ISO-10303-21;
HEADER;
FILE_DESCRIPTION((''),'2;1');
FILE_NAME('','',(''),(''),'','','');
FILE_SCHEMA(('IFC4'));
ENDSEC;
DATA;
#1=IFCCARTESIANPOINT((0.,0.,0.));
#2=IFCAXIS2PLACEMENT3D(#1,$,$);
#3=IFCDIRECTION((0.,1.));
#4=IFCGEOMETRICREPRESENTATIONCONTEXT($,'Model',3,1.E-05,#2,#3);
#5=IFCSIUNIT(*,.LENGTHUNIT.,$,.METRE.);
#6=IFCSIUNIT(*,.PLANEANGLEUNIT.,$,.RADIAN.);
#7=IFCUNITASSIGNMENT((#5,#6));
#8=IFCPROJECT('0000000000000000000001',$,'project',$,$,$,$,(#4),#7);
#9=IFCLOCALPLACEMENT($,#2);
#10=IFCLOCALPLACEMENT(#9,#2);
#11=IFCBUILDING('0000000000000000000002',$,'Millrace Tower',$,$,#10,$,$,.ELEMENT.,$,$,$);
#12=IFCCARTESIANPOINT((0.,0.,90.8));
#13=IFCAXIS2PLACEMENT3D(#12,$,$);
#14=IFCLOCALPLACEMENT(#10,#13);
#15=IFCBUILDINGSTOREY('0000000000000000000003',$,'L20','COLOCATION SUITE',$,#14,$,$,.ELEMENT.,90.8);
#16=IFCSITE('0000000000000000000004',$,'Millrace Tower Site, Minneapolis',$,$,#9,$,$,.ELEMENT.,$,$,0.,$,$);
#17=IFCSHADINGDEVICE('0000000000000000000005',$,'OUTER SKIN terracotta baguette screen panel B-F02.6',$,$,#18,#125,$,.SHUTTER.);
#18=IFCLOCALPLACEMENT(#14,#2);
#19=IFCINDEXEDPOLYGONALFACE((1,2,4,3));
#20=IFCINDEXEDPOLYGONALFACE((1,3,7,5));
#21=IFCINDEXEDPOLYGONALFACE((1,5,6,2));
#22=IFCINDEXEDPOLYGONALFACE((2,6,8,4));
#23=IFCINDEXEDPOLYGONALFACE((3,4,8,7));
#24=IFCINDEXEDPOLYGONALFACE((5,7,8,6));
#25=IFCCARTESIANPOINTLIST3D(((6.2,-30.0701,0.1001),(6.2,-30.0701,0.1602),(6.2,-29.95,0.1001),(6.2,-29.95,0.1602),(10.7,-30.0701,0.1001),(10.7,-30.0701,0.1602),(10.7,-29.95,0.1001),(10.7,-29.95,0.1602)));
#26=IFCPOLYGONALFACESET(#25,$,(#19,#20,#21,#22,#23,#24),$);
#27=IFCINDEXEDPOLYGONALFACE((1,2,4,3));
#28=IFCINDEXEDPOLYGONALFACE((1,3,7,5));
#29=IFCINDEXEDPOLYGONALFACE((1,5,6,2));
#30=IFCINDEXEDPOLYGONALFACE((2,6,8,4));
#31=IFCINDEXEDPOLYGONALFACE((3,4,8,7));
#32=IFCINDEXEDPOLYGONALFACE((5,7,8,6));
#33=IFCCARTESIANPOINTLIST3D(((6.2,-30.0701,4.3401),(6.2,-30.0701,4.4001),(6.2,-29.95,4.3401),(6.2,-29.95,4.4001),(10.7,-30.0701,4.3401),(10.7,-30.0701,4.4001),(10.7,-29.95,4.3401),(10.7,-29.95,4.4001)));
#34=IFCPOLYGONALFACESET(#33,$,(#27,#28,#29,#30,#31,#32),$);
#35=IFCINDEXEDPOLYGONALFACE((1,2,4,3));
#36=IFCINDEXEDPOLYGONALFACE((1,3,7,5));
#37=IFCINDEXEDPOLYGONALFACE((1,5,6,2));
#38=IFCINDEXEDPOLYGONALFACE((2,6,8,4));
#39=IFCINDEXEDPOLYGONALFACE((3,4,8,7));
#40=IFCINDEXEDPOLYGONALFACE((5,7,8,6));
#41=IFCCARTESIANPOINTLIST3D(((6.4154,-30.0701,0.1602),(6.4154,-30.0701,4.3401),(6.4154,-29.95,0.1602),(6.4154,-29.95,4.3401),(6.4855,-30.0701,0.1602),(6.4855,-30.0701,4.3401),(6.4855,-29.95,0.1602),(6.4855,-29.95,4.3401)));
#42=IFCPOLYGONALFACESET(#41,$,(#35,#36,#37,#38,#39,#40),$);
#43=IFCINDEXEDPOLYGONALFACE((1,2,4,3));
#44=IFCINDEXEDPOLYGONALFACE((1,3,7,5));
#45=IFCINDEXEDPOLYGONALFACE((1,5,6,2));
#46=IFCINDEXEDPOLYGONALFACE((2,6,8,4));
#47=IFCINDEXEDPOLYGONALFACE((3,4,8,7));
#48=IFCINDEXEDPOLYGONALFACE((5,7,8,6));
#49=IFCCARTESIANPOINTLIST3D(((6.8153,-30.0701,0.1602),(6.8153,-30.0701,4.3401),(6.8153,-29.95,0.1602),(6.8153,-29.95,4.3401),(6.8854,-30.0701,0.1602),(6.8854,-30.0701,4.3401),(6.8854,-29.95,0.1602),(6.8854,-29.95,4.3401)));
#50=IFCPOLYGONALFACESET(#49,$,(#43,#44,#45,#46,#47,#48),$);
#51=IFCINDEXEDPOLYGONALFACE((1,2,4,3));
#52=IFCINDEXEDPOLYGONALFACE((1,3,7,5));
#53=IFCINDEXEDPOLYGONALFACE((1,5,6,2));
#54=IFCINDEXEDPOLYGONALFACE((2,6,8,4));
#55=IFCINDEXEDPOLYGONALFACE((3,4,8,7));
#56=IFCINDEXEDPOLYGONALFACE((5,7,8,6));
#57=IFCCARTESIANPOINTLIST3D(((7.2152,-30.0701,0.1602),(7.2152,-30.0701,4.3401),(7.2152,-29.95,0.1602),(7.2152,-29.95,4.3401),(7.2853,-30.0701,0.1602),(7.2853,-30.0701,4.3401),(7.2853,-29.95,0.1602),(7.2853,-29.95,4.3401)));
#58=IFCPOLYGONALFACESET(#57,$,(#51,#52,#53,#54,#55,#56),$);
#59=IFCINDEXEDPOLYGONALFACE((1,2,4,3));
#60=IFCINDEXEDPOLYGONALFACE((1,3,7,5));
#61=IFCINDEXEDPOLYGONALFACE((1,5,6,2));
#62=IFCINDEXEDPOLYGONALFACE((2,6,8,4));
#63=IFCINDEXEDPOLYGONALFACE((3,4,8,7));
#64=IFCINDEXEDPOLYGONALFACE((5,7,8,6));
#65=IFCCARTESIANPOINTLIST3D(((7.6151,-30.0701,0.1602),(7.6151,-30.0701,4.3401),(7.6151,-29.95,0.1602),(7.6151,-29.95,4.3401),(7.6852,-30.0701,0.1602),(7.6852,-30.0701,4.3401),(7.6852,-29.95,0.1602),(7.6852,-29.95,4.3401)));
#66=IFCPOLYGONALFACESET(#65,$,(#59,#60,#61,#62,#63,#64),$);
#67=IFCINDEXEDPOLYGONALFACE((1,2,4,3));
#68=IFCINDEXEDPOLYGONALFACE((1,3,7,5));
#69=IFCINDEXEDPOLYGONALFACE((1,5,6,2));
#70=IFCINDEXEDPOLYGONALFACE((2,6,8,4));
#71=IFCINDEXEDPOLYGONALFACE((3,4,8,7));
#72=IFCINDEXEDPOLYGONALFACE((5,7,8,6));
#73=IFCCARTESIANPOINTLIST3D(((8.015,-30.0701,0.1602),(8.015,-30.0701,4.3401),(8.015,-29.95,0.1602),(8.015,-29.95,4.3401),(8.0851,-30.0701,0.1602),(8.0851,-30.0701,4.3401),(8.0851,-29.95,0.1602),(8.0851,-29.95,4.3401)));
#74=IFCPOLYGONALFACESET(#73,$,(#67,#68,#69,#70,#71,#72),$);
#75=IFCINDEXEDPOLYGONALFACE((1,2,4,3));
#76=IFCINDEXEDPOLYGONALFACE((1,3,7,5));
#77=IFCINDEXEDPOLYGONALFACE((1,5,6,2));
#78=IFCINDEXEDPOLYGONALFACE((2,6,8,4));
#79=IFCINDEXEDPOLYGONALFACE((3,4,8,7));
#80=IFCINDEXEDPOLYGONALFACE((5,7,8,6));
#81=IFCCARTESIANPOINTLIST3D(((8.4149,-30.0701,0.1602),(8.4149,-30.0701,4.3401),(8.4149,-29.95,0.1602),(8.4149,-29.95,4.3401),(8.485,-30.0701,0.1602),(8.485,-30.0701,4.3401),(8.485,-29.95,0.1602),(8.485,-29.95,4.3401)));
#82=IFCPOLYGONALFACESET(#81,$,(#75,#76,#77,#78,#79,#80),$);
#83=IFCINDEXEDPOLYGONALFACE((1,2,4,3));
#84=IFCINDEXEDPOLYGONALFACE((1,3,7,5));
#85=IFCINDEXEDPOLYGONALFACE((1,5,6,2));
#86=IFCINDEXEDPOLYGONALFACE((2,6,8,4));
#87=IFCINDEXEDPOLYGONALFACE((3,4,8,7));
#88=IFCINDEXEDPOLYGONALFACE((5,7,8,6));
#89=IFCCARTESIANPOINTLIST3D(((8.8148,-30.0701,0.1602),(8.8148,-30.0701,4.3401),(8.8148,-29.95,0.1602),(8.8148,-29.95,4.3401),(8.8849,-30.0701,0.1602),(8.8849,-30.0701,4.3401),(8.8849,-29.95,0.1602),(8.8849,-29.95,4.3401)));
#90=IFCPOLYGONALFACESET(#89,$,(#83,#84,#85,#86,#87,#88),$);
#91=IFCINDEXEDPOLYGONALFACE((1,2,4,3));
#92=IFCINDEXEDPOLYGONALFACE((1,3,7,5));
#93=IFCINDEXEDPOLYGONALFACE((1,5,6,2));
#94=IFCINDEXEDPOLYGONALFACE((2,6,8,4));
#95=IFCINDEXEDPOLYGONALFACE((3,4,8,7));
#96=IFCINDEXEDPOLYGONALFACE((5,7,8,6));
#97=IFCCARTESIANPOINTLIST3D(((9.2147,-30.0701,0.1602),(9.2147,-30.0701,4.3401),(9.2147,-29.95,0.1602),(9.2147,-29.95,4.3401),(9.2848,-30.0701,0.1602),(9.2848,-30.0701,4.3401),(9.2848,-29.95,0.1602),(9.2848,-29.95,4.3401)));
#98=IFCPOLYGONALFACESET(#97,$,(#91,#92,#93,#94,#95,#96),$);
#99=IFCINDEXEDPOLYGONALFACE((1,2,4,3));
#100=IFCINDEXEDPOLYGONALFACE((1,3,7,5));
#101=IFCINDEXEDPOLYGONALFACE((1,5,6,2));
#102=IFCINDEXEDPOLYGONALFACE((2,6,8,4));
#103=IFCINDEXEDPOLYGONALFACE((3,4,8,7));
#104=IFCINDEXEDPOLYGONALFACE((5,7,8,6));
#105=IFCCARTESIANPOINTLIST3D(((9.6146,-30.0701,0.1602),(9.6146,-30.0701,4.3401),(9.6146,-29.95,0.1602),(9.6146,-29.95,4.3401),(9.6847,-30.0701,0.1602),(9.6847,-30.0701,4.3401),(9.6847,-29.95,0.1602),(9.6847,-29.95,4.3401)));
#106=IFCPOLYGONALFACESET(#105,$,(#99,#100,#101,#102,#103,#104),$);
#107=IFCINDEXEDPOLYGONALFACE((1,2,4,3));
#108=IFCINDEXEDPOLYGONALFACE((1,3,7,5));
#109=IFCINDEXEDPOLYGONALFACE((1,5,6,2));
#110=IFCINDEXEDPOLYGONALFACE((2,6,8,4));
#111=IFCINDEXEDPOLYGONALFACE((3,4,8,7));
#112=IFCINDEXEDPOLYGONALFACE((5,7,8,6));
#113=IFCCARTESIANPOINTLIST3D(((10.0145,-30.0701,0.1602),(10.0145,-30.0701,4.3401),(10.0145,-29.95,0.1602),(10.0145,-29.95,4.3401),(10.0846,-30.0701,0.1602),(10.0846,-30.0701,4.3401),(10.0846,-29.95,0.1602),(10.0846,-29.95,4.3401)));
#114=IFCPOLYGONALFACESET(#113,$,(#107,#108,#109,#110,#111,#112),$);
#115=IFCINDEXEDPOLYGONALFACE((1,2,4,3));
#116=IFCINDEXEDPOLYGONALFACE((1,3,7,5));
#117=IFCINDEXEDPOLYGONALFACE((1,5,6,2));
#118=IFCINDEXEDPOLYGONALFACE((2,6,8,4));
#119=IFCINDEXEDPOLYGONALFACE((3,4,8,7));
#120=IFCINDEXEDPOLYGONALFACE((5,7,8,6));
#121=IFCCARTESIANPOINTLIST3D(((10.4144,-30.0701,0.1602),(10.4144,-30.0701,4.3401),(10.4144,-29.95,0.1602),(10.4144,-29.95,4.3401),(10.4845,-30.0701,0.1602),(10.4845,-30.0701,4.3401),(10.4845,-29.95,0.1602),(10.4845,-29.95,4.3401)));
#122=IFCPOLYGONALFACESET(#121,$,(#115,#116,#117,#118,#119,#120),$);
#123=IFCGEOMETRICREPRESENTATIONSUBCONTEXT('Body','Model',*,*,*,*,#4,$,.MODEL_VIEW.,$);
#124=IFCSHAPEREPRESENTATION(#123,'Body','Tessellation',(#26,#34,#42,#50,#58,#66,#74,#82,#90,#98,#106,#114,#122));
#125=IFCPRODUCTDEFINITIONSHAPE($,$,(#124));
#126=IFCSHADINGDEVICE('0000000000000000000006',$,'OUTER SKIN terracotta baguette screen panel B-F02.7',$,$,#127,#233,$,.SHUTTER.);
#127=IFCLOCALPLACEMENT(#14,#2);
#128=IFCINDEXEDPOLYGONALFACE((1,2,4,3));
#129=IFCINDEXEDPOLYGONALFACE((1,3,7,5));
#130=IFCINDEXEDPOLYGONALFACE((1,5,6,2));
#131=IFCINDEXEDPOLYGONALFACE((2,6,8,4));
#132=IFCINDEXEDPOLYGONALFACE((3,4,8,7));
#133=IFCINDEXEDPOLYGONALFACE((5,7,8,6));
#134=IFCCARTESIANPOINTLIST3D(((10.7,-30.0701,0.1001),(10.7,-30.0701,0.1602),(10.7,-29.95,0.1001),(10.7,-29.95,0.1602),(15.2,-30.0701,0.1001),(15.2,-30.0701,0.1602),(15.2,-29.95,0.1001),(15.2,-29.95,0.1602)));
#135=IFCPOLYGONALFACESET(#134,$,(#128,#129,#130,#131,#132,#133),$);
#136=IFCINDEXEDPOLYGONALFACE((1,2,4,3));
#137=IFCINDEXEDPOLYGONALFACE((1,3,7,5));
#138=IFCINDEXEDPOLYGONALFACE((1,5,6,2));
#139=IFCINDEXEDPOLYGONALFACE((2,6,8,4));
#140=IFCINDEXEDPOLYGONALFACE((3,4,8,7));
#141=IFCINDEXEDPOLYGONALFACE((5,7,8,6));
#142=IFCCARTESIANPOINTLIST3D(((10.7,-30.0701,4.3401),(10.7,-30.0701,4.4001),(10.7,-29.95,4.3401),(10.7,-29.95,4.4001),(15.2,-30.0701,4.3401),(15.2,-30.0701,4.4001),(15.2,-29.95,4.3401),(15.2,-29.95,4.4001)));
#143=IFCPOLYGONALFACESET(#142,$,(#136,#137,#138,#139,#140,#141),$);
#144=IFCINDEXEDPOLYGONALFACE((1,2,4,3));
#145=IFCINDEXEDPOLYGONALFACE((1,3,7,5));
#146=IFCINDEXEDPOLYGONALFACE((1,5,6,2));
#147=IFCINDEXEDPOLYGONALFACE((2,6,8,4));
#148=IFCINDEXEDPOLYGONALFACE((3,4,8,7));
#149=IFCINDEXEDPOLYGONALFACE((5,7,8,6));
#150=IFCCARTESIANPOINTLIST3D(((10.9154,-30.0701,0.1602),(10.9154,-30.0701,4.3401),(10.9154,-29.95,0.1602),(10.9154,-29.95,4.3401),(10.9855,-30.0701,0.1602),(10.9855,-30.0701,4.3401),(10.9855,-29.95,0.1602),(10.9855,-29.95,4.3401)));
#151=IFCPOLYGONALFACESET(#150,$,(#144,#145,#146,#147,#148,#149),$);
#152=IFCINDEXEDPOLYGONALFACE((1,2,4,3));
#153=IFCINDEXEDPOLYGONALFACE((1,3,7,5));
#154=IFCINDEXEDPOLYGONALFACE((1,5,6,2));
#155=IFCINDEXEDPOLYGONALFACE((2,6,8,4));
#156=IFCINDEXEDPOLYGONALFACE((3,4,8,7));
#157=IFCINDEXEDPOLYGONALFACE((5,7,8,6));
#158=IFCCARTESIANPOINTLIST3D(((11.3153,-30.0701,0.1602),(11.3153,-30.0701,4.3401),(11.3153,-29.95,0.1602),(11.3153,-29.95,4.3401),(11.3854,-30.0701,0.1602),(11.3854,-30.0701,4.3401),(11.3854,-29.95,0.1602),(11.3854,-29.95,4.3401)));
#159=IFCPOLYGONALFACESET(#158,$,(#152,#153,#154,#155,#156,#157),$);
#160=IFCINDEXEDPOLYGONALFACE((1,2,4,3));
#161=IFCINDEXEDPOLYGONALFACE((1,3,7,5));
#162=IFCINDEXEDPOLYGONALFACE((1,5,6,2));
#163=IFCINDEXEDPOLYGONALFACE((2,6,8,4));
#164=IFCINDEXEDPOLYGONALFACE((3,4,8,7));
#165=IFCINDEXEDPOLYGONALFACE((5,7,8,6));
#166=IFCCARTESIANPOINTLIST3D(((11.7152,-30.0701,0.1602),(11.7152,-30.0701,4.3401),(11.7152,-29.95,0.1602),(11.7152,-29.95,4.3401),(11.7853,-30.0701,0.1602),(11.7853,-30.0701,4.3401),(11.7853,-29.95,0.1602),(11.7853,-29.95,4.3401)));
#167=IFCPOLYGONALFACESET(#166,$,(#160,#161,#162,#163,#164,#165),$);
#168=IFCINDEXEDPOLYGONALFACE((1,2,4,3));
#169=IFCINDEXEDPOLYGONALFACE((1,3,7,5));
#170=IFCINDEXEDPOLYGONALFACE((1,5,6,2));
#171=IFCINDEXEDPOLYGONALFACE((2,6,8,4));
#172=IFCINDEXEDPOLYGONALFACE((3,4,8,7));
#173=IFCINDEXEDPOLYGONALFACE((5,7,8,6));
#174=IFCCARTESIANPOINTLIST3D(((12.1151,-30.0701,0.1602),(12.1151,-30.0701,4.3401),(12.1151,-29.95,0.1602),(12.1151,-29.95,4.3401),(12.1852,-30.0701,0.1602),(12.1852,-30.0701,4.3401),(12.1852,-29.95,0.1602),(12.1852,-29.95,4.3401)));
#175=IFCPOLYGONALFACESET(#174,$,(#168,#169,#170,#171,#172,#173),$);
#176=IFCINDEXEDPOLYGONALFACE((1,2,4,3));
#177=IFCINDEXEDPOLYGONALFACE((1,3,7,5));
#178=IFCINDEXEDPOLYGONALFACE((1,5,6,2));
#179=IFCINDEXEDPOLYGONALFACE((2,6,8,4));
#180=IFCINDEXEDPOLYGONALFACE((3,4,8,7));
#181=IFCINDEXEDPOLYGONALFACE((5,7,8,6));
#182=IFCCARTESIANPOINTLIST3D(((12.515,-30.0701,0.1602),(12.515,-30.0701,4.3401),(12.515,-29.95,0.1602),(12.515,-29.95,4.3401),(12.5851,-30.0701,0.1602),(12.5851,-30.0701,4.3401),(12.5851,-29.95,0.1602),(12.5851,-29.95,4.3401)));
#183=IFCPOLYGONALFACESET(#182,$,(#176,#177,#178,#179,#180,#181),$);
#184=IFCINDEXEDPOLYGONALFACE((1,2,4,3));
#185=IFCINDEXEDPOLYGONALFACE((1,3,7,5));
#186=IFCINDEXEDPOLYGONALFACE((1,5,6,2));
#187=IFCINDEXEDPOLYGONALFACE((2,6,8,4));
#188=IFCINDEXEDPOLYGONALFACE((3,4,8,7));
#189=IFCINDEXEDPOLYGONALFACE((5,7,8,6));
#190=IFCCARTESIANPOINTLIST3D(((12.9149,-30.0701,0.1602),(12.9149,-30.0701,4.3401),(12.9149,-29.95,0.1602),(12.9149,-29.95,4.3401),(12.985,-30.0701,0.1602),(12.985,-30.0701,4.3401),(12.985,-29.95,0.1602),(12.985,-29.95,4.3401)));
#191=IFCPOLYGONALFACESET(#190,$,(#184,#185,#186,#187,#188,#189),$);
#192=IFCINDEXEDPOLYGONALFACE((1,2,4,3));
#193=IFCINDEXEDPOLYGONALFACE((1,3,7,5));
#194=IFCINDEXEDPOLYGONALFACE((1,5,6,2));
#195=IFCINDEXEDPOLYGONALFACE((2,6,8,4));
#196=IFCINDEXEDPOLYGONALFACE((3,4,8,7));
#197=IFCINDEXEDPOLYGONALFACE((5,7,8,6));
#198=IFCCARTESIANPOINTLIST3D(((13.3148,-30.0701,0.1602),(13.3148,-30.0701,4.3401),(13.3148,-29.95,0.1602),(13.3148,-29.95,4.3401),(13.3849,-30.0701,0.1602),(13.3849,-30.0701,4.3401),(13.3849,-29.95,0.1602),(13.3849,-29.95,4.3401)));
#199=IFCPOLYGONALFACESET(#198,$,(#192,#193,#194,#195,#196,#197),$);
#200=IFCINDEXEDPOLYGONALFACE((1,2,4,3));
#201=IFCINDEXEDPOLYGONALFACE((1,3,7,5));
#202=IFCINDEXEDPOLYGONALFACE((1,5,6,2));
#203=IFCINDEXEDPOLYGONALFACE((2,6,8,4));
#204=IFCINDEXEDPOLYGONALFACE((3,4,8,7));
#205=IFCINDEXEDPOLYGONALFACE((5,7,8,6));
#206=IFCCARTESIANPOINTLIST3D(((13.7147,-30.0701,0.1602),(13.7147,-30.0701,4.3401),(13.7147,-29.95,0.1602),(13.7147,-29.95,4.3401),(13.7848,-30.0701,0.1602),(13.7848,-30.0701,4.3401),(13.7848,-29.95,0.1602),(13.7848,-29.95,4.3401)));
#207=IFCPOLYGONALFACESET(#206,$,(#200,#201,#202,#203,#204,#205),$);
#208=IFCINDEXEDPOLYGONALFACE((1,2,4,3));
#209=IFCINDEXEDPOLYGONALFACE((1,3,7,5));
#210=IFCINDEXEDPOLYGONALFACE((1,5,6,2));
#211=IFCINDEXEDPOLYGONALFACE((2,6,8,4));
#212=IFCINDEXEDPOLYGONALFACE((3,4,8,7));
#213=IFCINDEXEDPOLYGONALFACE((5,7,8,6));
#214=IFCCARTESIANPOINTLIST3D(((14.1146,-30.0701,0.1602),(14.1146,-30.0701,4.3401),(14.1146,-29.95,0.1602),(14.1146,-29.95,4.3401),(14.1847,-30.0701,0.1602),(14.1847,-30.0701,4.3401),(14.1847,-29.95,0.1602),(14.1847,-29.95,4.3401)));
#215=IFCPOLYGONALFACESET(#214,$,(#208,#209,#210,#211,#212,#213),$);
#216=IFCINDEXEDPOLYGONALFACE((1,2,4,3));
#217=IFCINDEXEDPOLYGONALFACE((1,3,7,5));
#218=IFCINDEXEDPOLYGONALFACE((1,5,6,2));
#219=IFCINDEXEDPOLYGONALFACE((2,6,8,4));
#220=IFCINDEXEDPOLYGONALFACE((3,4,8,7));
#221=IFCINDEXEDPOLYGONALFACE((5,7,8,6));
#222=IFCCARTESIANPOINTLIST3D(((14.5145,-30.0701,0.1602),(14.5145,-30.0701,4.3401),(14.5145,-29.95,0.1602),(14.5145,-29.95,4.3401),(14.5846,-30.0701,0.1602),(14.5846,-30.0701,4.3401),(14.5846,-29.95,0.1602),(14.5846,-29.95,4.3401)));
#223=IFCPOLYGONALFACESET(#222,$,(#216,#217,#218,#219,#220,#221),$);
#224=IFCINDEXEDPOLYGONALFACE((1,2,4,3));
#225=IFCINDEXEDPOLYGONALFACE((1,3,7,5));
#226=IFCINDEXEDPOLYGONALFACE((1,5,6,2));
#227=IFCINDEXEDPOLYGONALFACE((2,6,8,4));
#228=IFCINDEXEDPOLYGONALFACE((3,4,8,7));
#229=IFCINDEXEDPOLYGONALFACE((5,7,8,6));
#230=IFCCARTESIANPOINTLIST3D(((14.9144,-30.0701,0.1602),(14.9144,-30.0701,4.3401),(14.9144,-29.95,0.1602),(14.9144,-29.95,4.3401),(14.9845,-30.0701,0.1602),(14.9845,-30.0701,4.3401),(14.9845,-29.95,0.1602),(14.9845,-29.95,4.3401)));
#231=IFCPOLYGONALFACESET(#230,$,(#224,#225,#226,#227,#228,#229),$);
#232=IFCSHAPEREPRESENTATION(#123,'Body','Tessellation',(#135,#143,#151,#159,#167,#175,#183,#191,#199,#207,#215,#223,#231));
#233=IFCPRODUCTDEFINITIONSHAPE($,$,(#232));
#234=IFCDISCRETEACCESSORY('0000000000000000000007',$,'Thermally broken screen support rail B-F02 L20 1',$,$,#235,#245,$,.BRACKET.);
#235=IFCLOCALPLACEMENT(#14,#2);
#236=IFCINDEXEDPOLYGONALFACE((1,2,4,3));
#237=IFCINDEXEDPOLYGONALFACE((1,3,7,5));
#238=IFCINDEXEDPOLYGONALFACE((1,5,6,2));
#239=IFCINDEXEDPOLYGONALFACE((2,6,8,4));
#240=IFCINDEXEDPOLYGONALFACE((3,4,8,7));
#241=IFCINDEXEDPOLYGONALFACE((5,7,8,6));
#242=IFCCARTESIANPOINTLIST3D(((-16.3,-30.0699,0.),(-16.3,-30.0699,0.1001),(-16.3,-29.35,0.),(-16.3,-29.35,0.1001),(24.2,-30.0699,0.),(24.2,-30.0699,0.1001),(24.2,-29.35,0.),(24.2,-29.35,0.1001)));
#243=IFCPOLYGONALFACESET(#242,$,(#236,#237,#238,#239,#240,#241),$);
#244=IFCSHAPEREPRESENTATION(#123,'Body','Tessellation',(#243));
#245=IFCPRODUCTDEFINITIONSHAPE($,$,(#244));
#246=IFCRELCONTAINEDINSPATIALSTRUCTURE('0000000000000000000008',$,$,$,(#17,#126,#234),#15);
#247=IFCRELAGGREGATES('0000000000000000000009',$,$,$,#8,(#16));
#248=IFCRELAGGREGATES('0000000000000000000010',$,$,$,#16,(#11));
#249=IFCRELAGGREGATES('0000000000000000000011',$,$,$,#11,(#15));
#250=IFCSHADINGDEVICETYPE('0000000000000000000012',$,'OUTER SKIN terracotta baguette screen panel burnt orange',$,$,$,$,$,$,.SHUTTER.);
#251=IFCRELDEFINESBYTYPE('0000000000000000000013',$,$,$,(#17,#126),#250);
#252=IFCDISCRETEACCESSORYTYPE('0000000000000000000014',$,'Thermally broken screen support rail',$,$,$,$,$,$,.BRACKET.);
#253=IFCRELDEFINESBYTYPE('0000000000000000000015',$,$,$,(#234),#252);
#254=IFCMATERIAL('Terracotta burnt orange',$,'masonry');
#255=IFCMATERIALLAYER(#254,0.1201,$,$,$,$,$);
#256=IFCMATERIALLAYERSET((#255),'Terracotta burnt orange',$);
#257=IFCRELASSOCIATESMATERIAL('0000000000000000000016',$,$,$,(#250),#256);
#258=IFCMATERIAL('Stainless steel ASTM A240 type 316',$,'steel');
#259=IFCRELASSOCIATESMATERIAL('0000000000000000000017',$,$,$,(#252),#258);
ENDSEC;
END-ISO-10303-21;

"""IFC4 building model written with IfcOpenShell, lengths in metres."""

from ifc_helpers import new_model, entity, si_unit, direction, frame, frame_2d, origin, origin_2d, place, context, subcontext, project, spatial, rectangle, extrude, source, transform, mapped, material, layer, layer_set, type_object, element, save


model = new_model("IFC4")

# Units and contexts
model_context = context("Model", 3, precision=1e-05, world=origin(), true_north=direction((0.0, 1.0)))
body_context = subcontext(model_context, "Body", "Model", "MODEL_VIEW")
ifc_project = project(units=[si_unit("LENGTHUNIT", "METRE"), si_unit("PLANEANGLEUNIT", "RADIAN")], contexts=[model_context])

# Site, building, storey
site_placement = place(None, origin())
site = spatial("IfcSite", under=ifc_project, at=site_placement, Name="Millrace Tower Site, Minneapolis", CompositionType="ELEMENT", RefElevation=0.0)
building_placement = place(site_placement, origin())
building = spatial("IfcBuilding", under=site, at=building_placement, Name="Millrace Tower", CompositionType="ELEMENT")
storey_placement = place(building_placement, frame((0.0, 0.0, 90.8)))
storey = spatial("IfcBuildingStorey", under=building, at=storey_placement, Name="L20", Description="COLOCATION SUITE", CompositionType="ELEMENT", Elevation=90.8)

# Shading devices
ifc_material_1 = material(Name="Terracotta burnt orange", Category="masonry")
ifc_layer_1 = layer(ifc_material_1, 0.1201)
ifc_layer_set_1 = layer_set([ifc_layer_1], Name="Terracotta burnt orange")
shading_device_type = type_object("IfcShadingDeviceType", Name="OUTER SKIN terracotta baguette screen panel burnt orange", PredefinedType="SHUTTER", material=ifc_layer_set_1)
cartesian_point = entity("IfcCartesianPoint", [-2.25, 0.0601])
shared_polyline = entity("IfcPolyline", [cartesian_point, entity("IfcCartesianPoint", [2.25, 0.0601]), entity("IfcCartesianPoint", [2.25, -0.0601]), entity("IfcCartesianPoint", [-2.25, -0.0601]), cartesian_point])
shared_shape = source(origin(), body_context, "Body", "SweptSolid", [
    entity("IfcExtrudedAreaSolid", entity("IfcArbitraryClosedProfileDef", "AREA", None, shared_polyline), entity("IfcAxis2Placement3D", entity("IfcCartesianPoint", [0.0, 0.0, 0.0])), entity("IfcDirection", [0.0, 0.0, 1.0]), 0.0601),
    entity("IfcExtrudedAreaSolid", entity("IfcArbitraryClosedProfileDef", "AREA", None, shared_polyline), entity("IfcAxis2Placement3D", entity("IfcCartesianPoint", [0.0, 0.0, 4.24])), entity("IfcDirection", [0.0, 0.0, 1.0]), 0.0601),
    extrude(rectangle(XDim=0.0701, YDim=0.1201, at=frame_2d((-1.9995, 0.0))), frame((0.0, 0.0, 0.0601)), (0.0, 0.0, 1.0), 4.1799),
    extrude(rectangle(XDim=0.0701, YDim=0.1201, at=frame_2d((-1.5996, 0.0))), frame((0.0, 0.0, 0.0601)), (0.0, 0.0, 1.0), 4.1799),
    extrude(rectangle(XDim=0.0701, YDim=0.1201, at=frame_2d((-1.1997, 0.0))), frame((0.0, 0.0, 0.0601)), (0.0, 0.0, 1.0), 4.1799),
    extrude(rectangle(XDim=0.0701, YDim=0.1201, at=frame_2d((-0.7998, 0.0))), frame((0.0, 0.0, 0.0601)), (0.0, 0.0, 1.0), 4.1799),
    extrude(rectangle(XDim=0.0701, YDim=0.1201, at=frame_2d((-0.3999, 0.0))), frame((0.0, 0.0, 0.0601)), (0.0, 0.0, 1.0), 4.1799),
    extrude(rectangle(XDim=0.0701, YDim=0.1201, at=origin_2d()), frame((0.0, 0.0, 0.0601)), (0.0, 0.0, 1.0), 4.1799),
    extrude(rectangle(XDim=0.0701, YDim=0.1201, at=frame_2d((0.3999, 0.0))), frame((0.0, 0.0, 0.0601)), (0.0, 0.0, 1.0), 4.1799),
    extrude(rectangle(XDim=0.0701, YDim=0.1201, at=frame_2d((0.7998, 0.0))), frame((0.0, 0.0, 0.0601)), (0.0, 0.0, 1.0), 4.1799),
    extrude(rectangle(XDim=0.0701, YDim=0.1201, at=frame_2d((1.1997, 0.0))), frame((0.0, 0.0, 0.0601)), (0.0, 0.0, 1.0), 4.1799),
    extrude(rectangle(XDim=0.0701, YDim=0.1201, at=frame_2d((1.5996, 0.0))), frame((0.0, 0.0, 0.0601)), (0.0, 0.0, 1.0), 4.1799),
    extrude(rectangle(XDim=0.0701, YDim=0.1201, at=frame_2d((1.9995, 0.0))), frame((0.0, 0.0, 0.0601)), (0.0, 0.0, 1.0), 4.1799),
])
for number, where, z_axis, x_axis, name in (
    (1, (8.45, -30.01, 0.1001), (0.0, 0.0, 1.0), (1.0, 0.0, 0.0), "OUTER SKIN terracotta baguette screen panel B-F02.6"),
    (2, (12.95, -30.01, 0.1001), (0.0, 0.0, 1.0), (1.0, 0.0, 0.0), "OUTER SKIN terracotta baguette screen panel B-F02.7"),
):
    element("IfcShadingDevice", number, at=place(storey_placement, frame(where, z_axis=z_axis, x_axis=x_axis)), inside=storey, type_object=shading_device_type, Name=name, PredefinedType="SHUTTER", context=body_context, shape_type="MappedRepresentation", body=[
        mapped(shared_shape, transform((0.0, 0.0, 0.0), scale=1.0)),
    ])

# Discrete accessory
ifc_material_2 = material(Name="Stainless steel ASTM A240 type 316", Category="steel")
discrete_accessory_type = type_object("IfcDiscreteAccessoryType", Name="Thermally broken screen support rail", PredefinedType="BRACKET", material=ifc_material_2)
discrete_accessory_placement = place(storey_placement, frame((3.95, -29.71, 0.0), z_axis=(0.0, 0.0, 1.0), x_axis=(1.0, 0.0, 0.0)))
element("IfcDiscreteAccessory", 3, at=discrete_accessory_placement, inside=storey, type_object=discrete_accessory_type, Name="Thermally broken screen support rail B-F02 L20 1", PredefinedType="BRACKET", context=body_context, shape_type="SweptSolid", body=[
    extrude(rectangle(XDim=40.5, YDim=0.72, at=origin_2d()), origin(), (0.0, 0.0, 1.0), 0.1001),
])

save(model, "model.ifc")
